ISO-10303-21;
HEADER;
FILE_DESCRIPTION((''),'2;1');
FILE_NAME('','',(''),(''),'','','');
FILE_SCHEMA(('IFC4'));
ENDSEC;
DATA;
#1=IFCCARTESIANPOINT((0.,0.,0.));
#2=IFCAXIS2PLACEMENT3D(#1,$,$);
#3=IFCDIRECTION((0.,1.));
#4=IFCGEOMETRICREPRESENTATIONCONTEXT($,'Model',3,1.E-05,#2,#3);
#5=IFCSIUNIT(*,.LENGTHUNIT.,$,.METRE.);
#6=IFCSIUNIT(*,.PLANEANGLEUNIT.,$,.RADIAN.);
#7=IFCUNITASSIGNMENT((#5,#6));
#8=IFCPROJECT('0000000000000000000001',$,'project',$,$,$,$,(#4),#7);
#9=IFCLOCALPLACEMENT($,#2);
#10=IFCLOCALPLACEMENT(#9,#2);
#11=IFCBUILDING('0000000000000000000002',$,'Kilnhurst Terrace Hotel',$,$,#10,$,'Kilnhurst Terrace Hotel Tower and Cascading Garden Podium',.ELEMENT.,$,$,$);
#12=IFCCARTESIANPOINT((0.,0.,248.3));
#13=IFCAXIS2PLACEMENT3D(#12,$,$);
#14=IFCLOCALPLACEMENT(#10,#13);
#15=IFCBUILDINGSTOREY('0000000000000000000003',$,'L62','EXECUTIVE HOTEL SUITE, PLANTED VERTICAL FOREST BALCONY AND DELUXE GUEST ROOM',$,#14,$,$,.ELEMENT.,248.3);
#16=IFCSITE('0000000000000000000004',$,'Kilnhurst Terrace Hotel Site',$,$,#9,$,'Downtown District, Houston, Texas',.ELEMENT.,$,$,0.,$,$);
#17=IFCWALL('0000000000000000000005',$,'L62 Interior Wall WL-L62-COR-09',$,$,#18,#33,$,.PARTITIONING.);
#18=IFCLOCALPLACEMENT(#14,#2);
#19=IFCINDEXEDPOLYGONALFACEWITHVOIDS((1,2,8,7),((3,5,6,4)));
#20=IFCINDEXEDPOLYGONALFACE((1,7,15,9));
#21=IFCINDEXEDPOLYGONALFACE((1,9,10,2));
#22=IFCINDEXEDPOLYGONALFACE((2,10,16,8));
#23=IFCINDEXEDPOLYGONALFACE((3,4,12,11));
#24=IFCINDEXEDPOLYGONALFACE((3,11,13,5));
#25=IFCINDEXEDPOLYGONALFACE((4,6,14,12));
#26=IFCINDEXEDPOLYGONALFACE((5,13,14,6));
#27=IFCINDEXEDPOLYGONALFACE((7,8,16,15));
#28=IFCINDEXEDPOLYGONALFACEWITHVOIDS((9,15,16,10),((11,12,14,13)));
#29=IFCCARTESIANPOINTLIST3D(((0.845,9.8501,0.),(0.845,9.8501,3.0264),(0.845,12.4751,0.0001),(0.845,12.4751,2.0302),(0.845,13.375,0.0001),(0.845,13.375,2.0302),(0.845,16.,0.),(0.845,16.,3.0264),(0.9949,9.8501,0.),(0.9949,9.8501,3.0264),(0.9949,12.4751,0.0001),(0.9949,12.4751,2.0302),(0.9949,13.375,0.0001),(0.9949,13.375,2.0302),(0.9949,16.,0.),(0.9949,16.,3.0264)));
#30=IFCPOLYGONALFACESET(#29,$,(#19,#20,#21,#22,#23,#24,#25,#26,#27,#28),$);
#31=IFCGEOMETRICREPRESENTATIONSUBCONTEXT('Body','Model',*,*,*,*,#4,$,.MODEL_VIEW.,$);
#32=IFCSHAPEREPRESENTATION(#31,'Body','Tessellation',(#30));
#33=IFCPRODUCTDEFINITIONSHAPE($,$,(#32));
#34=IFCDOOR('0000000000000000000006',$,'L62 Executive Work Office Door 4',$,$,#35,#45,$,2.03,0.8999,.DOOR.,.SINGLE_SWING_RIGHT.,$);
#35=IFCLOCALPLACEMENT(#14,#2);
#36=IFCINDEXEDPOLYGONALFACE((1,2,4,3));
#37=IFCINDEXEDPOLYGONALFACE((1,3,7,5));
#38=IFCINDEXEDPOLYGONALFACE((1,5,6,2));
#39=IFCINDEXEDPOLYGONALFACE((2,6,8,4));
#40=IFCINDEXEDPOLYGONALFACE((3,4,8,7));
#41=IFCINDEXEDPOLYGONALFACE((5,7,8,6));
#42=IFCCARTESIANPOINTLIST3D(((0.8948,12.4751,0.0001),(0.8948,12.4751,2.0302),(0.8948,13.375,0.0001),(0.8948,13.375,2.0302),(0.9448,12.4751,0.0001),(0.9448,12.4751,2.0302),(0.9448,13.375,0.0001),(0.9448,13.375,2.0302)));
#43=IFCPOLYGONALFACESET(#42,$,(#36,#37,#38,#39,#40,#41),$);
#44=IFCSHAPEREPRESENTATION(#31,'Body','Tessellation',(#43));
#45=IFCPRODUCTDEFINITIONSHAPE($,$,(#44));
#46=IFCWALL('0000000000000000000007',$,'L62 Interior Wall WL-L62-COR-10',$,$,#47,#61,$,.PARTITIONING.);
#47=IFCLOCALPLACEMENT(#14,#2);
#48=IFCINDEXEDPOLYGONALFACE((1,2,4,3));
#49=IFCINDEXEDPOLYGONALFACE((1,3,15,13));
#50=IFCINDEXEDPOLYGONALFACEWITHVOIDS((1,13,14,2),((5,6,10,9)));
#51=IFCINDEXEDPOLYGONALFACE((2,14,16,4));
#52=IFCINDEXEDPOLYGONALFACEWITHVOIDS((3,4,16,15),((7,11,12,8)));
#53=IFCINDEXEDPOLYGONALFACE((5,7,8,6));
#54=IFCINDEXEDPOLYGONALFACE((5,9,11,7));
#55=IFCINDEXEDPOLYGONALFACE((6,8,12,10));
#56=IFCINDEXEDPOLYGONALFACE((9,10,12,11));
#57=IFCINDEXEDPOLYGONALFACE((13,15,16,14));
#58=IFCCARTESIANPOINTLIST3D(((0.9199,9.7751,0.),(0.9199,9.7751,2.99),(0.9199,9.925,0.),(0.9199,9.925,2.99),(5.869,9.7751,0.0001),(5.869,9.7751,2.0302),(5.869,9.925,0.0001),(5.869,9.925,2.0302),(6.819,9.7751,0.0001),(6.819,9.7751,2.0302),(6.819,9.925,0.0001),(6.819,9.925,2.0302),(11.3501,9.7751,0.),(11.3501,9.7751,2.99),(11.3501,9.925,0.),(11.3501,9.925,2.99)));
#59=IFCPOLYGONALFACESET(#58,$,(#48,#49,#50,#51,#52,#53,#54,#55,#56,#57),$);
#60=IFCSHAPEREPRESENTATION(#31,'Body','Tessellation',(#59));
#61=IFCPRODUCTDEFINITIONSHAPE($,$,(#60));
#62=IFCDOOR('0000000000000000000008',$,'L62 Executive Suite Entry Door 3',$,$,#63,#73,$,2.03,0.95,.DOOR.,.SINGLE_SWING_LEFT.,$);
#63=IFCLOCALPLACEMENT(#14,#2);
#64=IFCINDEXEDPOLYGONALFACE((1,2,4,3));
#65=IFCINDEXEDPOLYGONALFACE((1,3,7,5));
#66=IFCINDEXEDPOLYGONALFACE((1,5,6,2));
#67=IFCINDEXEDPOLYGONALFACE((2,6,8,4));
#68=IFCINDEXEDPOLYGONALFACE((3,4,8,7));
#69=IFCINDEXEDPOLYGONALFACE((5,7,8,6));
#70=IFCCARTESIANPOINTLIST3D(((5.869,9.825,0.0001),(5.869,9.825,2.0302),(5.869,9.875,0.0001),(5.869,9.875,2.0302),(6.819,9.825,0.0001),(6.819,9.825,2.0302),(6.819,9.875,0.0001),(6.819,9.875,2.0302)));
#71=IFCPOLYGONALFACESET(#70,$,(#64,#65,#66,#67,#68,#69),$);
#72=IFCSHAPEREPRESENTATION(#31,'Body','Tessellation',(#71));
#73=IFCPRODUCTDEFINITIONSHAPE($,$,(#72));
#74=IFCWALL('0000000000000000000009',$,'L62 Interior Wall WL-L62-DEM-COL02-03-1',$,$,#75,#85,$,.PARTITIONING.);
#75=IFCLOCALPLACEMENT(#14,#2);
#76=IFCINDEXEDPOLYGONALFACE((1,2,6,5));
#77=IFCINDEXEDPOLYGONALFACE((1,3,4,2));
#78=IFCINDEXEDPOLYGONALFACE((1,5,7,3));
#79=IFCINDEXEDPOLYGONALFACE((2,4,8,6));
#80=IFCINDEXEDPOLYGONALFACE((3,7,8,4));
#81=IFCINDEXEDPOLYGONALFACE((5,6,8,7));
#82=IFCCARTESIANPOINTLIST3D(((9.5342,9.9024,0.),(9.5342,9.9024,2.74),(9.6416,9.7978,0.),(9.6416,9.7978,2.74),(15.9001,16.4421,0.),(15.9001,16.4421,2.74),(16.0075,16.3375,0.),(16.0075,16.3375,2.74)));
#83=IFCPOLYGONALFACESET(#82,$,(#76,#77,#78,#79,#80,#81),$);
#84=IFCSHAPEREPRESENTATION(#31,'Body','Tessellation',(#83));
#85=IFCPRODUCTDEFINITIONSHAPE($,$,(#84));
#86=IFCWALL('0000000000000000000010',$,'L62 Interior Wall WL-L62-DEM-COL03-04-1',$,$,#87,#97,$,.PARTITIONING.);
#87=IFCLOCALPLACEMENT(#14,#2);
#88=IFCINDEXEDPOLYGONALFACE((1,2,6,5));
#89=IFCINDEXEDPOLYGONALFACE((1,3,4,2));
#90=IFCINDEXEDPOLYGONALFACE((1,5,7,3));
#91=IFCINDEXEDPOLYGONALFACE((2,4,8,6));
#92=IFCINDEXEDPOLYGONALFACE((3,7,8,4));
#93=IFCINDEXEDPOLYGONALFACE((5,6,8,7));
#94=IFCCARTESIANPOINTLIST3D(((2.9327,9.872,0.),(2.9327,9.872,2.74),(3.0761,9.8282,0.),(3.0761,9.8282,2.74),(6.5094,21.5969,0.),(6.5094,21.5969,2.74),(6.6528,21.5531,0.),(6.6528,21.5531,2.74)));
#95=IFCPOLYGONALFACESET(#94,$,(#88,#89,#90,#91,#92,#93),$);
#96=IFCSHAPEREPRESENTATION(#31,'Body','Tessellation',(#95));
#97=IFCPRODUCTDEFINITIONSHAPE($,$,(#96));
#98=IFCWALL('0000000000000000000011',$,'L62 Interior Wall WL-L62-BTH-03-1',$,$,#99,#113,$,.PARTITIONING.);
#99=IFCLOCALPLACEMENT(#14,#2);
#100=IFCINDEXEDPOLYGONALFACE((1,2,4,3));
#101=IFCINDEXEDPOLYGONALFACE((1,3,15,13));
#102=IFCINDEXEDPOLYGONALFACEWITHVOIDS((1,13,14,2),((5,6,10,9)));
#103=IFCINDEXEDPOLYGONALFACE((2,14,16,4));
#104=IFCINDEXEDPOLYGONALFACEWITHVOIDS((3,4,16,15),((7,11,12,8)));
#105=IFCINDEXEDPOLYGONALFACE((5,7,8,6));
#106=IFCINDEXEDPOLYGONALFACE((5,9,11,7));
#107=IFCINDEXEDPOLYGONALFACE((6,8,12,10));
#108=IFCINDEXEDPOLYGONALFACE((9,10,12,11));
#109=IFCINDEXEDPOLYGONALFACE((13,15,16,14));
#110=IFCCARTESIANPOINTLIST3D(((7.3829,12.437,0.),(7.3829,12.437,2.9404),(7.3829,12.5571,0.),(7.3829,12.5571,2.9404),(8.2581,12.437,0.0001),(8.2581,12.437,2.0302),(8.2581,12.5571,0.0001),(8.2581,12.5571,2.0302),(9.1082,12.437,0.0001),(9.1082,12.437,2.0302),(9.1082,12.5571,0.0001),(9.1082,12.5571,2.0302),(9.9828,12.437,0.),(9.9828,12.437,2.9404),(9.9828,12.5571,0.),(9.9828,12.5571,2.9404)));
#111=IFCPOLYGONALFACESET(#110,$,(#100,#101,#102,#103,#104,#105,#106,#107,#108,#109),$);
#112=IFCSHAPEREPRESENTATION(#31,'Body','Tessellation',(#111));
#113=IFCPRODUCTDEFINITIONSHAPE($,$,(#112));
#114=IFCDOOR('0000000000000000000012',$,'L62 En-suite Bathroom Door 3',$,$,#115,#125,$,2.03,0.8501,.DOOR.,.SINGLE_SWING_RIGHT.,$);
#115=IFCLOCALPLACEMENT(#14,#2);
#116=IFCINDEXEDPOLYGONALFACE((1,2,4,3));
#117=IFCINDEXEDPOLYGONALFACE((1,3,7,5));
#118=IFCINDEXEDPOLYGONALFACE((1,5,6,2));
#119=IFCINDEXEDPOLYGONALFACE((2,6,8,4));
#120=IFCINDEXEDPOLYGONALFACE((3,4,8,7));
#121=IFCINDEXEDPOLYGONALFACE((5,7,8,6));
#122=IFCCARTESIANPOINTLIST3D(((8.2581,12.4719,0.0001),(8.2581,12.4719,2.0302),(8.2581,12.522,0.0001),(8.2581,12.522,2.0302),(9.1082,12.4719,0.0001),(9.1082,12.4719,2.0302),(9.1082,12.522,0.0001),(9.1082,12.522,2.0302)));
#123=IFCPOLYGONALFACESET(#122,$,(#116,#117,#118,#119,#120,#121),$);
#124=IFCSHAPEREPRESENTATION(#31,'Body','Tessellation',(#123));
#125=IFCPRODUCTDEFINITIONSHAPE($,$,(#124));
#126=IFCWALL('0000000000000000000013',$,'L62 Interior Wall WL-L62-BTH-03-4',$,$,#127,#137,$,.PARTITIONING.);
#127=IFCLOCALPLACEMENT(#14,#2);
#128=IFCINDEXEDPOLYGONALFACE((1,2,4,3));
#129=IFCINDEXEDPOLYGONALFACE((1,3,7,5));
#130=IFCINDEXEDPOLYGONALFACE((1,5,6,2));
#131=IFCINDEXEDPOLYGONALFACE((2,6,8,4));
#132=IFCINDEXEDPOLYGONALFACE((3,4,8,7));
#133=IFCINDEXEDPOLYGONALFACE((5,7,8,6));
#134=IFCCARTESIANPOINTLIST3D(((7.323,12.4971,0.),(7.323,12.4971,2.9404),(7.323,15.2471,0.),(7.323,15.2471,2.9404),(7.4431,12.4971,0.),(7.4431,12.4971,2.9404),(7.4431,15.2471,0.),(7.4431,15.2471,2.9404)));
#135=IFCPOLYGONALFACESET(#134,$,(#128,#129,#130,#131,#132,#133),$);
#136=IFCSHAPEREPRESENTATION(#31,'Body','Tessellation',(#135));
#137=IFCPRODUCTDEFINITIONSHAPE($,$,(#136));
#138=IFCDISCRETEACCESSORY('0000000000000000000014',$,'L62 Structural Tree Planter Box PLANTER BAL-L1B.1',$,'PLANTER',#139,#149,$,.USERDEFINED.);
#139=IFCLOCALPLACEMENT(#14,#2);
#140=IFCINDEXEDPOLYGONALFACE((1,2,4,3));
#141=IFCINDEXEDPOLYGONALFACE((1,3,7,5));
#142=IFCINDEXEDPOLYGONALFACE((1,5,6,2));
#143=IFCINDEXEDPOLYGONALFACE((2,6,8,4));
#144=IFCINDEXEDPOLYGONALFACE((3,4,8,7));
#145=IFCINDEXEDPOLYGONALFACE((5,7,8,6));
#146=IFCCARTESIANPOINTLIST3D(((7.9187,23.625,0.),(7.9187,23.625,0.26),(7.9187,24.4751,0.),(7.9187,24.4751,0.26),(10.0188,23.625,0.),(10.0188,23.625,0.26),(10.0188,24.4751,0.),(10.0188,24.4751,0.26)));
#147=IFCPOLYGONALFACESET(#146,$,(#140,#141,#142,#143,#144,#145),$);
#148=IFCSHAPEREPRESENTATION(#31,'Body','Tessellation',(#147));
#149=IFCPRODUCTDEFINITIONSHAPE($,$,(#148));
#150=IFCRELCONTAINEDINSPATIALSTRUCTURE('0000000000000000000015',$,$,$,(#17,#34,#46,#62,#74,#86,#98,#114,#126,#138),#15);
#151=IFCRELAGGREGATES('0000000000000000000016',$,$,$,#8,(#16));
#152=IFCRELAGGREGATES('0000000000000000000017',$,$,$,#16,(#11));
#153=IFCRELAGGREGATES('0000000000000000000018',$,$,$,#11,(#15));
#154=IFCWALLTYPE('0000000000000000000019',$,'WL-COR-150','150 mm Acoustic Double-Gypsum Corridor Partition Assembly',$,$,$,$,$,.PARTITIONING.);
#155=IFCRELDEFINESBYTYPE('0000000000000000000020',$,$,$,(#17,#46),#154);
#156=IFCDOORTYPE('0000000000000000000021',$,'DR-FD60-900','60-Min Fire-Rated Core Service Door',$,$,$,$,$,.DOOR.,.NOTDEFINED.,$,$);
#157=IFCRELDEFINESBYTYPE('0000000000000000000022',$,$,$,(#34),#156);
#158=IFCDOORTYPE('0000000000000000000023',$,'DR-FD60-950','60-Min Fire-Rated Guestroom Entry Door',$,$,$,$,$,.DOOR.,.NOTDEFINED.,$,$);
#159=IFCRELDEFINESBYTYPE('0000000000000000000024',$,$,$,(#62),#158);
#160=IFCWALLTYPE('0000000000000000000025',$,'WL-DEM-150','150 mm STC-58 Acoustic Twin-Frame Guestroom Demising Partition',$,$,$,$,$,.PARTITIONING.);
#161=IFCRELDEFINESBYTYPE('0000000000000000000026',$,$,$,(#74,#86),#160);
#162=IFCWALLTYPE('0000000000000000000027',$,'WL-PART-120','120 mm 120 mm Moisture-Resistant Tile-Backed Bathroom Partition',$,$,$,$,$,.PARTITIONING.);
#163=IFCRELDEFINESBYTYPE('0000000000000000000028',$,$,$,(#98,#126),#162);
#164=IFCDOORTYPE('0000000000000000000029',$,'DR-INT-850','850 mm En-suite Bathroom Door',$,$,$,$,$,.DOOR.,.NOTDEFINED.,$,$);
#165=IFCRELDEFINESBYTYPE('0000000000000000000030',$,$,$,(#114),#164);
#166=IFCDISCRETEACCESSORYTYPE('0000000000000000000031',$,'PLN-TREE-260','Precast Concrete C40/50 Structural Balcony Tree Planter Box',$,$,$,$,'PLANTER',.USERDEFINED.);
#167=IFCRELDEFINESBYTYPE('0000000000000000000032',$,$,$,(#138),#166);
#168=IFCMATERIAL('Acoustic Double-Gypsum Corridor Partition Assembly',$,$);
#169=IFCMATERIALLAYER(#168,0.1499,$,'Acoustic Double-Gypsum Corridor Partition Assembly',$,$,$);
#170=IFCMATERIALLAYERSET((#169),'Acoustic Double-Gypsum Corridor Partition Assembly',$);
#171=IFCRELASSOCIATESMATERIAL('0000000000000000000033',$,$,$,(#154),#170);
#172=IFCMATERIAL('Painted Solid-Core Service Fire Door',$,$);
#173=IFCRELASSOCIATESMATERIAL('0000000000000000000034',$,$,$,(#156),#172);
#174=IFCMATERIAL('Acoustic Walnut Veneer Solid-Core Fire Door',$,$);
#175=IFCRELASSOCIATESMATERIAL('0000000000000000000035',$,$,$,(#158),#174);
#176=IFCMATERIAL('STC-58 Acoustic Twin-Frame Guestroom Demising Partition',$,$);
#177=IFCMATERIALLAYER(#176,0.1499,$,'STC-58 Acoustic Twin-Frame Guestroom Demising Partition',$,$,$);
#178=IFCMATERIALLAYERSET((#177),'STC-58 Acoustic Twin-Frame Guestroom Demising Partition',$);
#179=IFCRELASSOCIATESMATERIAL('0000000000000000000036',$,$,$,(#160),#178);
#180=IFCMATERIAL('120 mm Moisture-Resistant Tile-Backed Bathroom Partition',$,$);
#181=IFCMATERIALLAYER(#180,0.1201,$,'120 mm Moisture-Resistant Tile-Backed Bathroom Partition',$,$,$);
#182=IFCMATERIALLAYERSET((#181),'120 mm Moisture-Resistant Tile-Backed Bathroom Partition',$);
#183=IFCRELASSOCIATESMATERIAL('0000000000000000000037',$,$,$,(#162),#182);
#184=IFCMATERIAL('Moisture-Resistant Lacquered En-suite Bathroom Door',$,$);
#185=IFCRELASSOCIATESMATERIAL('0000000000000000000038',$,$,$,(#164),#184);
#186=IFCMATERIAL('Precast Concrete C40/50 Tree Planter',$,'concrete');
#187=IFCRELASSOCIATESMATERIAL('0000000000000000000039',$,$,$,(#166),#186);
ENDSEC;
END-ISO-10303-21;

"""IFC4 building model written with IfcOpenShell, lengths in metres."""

from ifc_helpers import new_model, si_unit, direction, frame, frame_2d, origin, origin_2d, place, context, subcontext, project, spatial, rectangle, extrude, material, layer, layer_set, type_object, element, fill, save


model = new_model("IFC4")

# Units and contexts
model_context = context("Model", 3, precision=1e-05, world=origin(), true_north=direction((0.0, 1.0)))
body_context = subcontext(model_context, "Body", "Model", "MODEL_VIEW")
ifc_project = project(units=[si_unit("LENGTHUNIT", "METRE"), si_unit("PLANEANGLEUNIT", "RADIAN")], contexts=[model_context])

# Site, building, storey
site_placement = place(None, origin())
site = spatial("IfcSite", under=ifc_project, at=site_placement, Name="Kilnhurst Terrace Hotel Site", LongName="Downtown District, Houston, Texas", CompositionType="ELEMENT", RefElevation=0.0)
building_placement = place(site_placement, origin())
building = spatial("IfcBuilding", under=site, at=building_placement, Name="Kilnhurst Terrace Hotel", LongName="Kilnhurst Terrace Hotel Tower and Cascading Garden Podium", CompositionType="ELEMENT")
storey_placement = place(building_placement, frame((0.0, 0.0, 248.3)))
storey = spatial("IfcBuildingStorey", under=building, at=storey_placement, Name="L62", Description="EXECUTIVE HOTEL SUITE, PLANTED VERTICAL FOREST BALCONY AND DELUXE GUEST ROOM", CompositionType="ELEMENT", Elevation=248.3)

# Walls, openings, doors
ifc_material_1 = material(Name="Acoustic Double-Gypsum Corridor Partition Assembly")
ifc_layer_1 = layer(ifc_material_1, 0.1499, Name="Acoustic Double-Gypsum Corridor Partition Assembly")
ifc_layer_set_1 = layer_set([ifc_layer_1], Name="Acoustic Double-Gypsum Corridor Partition Assembly")
wall_type_1 = type_object("IfcWallType", Name="WL-COR-150", Description="150 mm Acoustic Double-Gypsum Corridor Partition Assembly", PredefinedType="PARTITIONING", material=ifc_layer_set_1)
wall_1_placement = place(storey_placement, frame((0.9199, 16.0, 0.0), z_axis=(0.0, 0.0, 1.0), x_axis=(0.0, -1.0, 0.0)))
wall_1 = element("IfcWall", 1, at=wall_1_placement, inside=storey, type_object=wall_type_1, Name="L62 Interior Wall WL-L62-COR-09", PredefinedType="PARTITIONING", context=body_context, shape_type="SweptSolid", body=[
    extrude(rectangle(XDim=6.1499, YDim=0.1499, at=frame_2d((3.075, 0.0))), origin(), (0.0, 0.0, 1.0), 3.0264),
])
opening_1_placement = place(wall_1_placement, frame((2.625, 0.0, 0.0)))
opening_1 = element("IfcOpeningElement", 2, at=opening_1_placement, cuts=wall_1, PredefinedType="OPENING", context=body_context, shape_type="SweptSolid", body=[
    extrude(rectangle(XDim=0.8999, YDim=2.03, at=frame_2d((0.45, 1.0151))), frame((0.0, 0.085, 0.0), z_axis=(0.0, -1.0, 0.0), x_axis=(1.0, 0.0, 0.0)), (0.0, 0.0, 1.0), 0.1699),
])
ifc_material_2 = material(Name="Painted Solid-Core Service Fire Door")
door_type_1 = type_object("IfcDoorType", Name="DR-FD60-900", Description="60-Min Fire-Rated Core Service Door", OperationType="NOTDEFINED", PredefinedType="DOOR", material=ifc_material_2)
door_1_placement = place(opening_1_placement, origin())
door_1 = element("IfcDoor", 3, at=door_1_placement, inside=storey, type_object=door_type_1, Name="L62 Executive Work Office Door 4", OperationType="SINGLE_SWING_RIGHT", OverallHeight=2.03, OverallWidth=0.8999, PredefinedType="DOOR", context=body_context, shape_type="SweptSolid", body=[
    extrude(rectangle(XDim=0.8999, YDim=2.03, at=frame_2d((0.45, 1.0151))), frame((0.0, 0.0249, 0.0), z_axis=(0.0, -1.0, 0.0), x_axis=(1.0, 0.0, 0.0)), (0.0, 0.0, 1.0), 0.05),
])
fill(opening_1, door_1)
wall_2_placement = place(storey_placement, frame((0.9199, 9.8501, 0.0), z_axis=(0.0, 0.0, 1.0), x_axis=(1.0, 0.0, 0.0)))
wall_2 = element("IfcWall", 4, at=wall_2_placement, inside=storey, type_object=wall_type_1, Name="L62 Interior Wall WL-L62-COR-10", PredefinedType="PARTITIONING", context=body_context, shape_type="SweptSolid", body=[
    extrude(rectangle(XDim=10.4302, YDim=0.1499, at=frame_2d((5.2151, 0.0))), origin(), (0.0, 0.0, 1.0), 2.99),
])
opening_2_placement = place(wall_2_placement, frame((4.949, 0.0, 0.0)))
opening_2 = element("IfcOpeningElement", 5, at=opening_2_placement, cuts=wall_2, PredefinedType="OPENING", context=body_context, shape_type="SweptSolid", body=[
    extrude(rectangle(XDim=0.95, YDim=2.03, at=frame_2d((0.4751, 1.0151))), frame((0.0, 0.085, 0.0), z_axis=(0.0, -1.0, 0.0), x_axis=(1.0, 0.0, 0.0)), (0.0, 0.0, 1.0), 0.1699),
])
ifc_material_3 = material(Name="Acoustic Walnut Veneer Solid-Core Fire Door")
door_type_2 = type_object("IfcDoorType", Name="DR-FD60-950", Description="60-Min Fire-Rated Guestroom Entry Door", OperationType="NOTDEFINED", PredefinedType="DOOR", material=ifc_material_3)
door_2_placement = place(opening_2_placement, origin())
door_2 = element("IfcDoor", 6, at=door_2_placement, inside=storey, type_object=door_type_2, Name="L62 Executive Suite Entry Door 3", OperationType="SINGLE_SWING_LEFT", OverallHeight=2.03, OverallWidth=0.95, PredefinedType="DOOR", context=body_context, shape_type="SweptSolid", body=[
    extrude(rectangle(XDim=0.95, YDim=2.03, at=frame_2d((0.4751, 1.0151))), frame((0.0, 0.0249, 0.0), z_axis=(0.0, -1.0, 0.0), x_axis=(1.0, 0.0, 0.0)), (0.0, 0.0, 1.0), 0.05),
])
fill(opening_2, door_2)

# Walls
ifc_material_4 = material(Name="STC-58 Acoustic Twin-Frame Guestroom Demising Partition")
ifc_layer_2 = layer(ifc_material_4, 0.1499, Name="STC-58 Acoustic Twin-Frame Guestroom Demising Partition")
ifc_layer_set_2 = layer_set([ifc_layer_2], Name="STC-58 Acoustic Twin-Frame Guestroom Demising Partition")
wall_type_2 = type_object("IfcWallType", Name="WL-DEM-150", Description="150 mm STC-58 Acoustic Twin-Frame Guestroom Demising Partition", PredefinedType="PARTITIONING", material=ifc_layer_set_2)
wall_3_placement = place(storey_placement, frame((9.5879, 9.8501, 0.0), z_axis=(0.0, 0.0, 1.0), x_axis=(0.697519, 0.716566, 0.0)))
element("IfcWall", 7, at=wall_3_placement, inside=storey, type_object=wall_type_2, Name="L62 Interior Wall WL-L62-DEM-COL02-03-1", PredefinedType="PARTITIONING", context=body_context, shape_type="SweptSolid", body=[
    extrude(rectangle(XDim=9.1265, YDim=0.1499, at=frame_2d((4.5632, 0.0))), origin(), (0.0, 0.0, 1.0), 2.74),
])
wall_4_placement = place(storey_placement, frame((3.0044, 9.8501, 0.0), z_axis=(0.0, 0.0, 1.0), x_axis=(0.291776, 0.956487, 0.0)))
element("IfcWall", 8, at=wall_4_placement, inside=storey, type_object=wall_type_2, Name="L62 Interior Wall WL-L62-DEM-COL03-04-1", PredefinedType="PARTITIONING", context=body_context, shape_type="SweptSolid", body=[
    extrude(rectangle(XDim=12.2583, YDim=0.1499, at=frame_2d((6.1292, 0.0))), origin(), (0.0, 0.0, 1.0), 2.74),
])

# Wall, opening, door
ifc_material_5 = material(Name="120 mm Moisture-Resistant Tile-Backed Bathroom Partition")
ifc_layer_3 = layer(ifc_material_5, 0.1201, Name="120 mm Moisture-Resistant Tile-Backed Bathroom Partition")
ifc_layer_set_3 = layer_set([ifc_layer_3], Name="120 mm Moisture-Resistant Tile-Backed Bathroom Partition")
wall_type_3 = type_object("IfcWallType", Name="WL-PART-120", Description="120 mm 120 mm Moisture-Resistant Tile-Backed Bathroom Partition", PredefinedType="PARTITIONING", material=ifc_layer_set_3)
wall_5_placement = place(storey_placement, frame((7.3831, 12.4971, 0.0), z_axis=(0.0, 0.0, 1.0), x_axis=(1.0, 0.0, 0.0)))
wall_5 = element("IfcWall", 9, at=wall_5_placement, inside=storey, type_object=wall_type_3, Name="L62 Interior Wall WL-L62-BTH-03-1", PredefinedType="PARTITIONING", context=body_context, shape_type="SweptSolid", body=[
    extrude(rectangle(XDim=2.5999, YDim=0.1201, at=frame_2d((1.2998, 0.0))), origin(), (0.0, 0.0, 1.0), 2.9404),
])
opening_3_placement = place(wall_5_placement, frame((0.875, 0.0, 0.0)))
opening_3 = element("IfcOpeningElement", 10, at=opening_3_placement, cuts=wall_5, PredefinedType="OPENING", context=body_context, shape_type="SweptSolid", body=[
    extrude(rectangle(XDim=0.8501, YDim=2.03, at=frame_2d((0.425, 1.0151))), frame((0.0, 0.0701, 0.0), z_axis=(0.0, -1.0, 0.0), x_axis=(1.0, 0.0, 0.0)), (0.0, 0.0, 1.0), 0.1401),
])
ifc_material_6 = material(Name="Moisture-Resistant Lacquered En-suite Bathroom Door")
door_type_3 = type_object("IfcDoorType", Name="DR-INT-850", Description="850 mm En-suite Bathroom Door", OperationType="NOTDEFINED", PredefinedType="DOOR", material=ifc_material_6)
door_3_placement = place(opening_3_placement, origin())
door_3 = element("IfcDoor", 11, at=door_3_placement, inside=storey, type_object=door_type_3, Name="L62 En-suite Bathroom Door 3", OperationType="SINGLE_SWING_RIGHT", OverallHeight=2.03, OverallWidth=0.8501, PredefinedType="DOOR", context=body_context, shape_type="SweptSolid", body=[
    extrude(rectangle(XDim=0.8501, YDim=2.03, at=frame_2d((0.425, 1.0151))), frame((0.0, 0.0249, 0.0), z_axis=(0.0, -1.0, 0.0), x_axis=(1.0, 0.0, 0.0)), (0.0, 0.0, 1.0), 0.05),
])
fill(opening_3, door_3)

# Wall
wall_6_placement = place(storey_placement, frame((7.3831, 15.2471, 0.0), z_axis=(0.0, 0.0, 1.0), x_axis=(0.0, -1.0, 0.0)))
element("IfcWall", 12, at=wall_6_placement, inside=storey, type_object=wall_type_3, Name="L62 Interior Wall WL-L62-BTH-03-4", PredefinedType="PARTITIONING", context=body_context, shape_type="SweptSolid", body=[
    extrude(rectangle(XDim=2.75, YDim=0.1201, at=frame_2d((1.375, 0.0))), origin(), (0.0, 0.0, 1.0), 2.9404),
])

# Discrete accessory
ifc_material_7 = material(Name="Precast Concrete C40/50 Tree Planter", Category="concrete")
discrete_accessory_type = type_object("IfcDiscreteAccessoryType", Name="PLN-TREE-260", Description="Precast Concrete C40/50 Structural Balcony Tree Planter Box", ElementType="PLANTER", PredefinedType="USERDEFINED", material=ifc_material_7)
discrete_accessory_placement = place(storey_placement, frame((8.9688, 24.05, 0.0), z_axis=(0.0, 0.0, 1.0), x_axis=(-1.0, 0.0, 0.0)))
element("IfcDiscreteAccessory", 13, at=discrete_accessory_placement, inside=storey, type_object=discrete_accessory_type, Name="L62 Structural Tree Planter Box PLANTER BAL-L1B.1", ObjectType="PLANTER", PredefinedType="USERDEFINED", context=body_context, shape_type="SweptSolid", body=[
    extrude(rectangle(XDim=2.1001, YDim=0.8501, at=origin_2d()), origin(), (0.0, 0.0, 1.0), 0.26),
])

save(model, "model.ifc")
